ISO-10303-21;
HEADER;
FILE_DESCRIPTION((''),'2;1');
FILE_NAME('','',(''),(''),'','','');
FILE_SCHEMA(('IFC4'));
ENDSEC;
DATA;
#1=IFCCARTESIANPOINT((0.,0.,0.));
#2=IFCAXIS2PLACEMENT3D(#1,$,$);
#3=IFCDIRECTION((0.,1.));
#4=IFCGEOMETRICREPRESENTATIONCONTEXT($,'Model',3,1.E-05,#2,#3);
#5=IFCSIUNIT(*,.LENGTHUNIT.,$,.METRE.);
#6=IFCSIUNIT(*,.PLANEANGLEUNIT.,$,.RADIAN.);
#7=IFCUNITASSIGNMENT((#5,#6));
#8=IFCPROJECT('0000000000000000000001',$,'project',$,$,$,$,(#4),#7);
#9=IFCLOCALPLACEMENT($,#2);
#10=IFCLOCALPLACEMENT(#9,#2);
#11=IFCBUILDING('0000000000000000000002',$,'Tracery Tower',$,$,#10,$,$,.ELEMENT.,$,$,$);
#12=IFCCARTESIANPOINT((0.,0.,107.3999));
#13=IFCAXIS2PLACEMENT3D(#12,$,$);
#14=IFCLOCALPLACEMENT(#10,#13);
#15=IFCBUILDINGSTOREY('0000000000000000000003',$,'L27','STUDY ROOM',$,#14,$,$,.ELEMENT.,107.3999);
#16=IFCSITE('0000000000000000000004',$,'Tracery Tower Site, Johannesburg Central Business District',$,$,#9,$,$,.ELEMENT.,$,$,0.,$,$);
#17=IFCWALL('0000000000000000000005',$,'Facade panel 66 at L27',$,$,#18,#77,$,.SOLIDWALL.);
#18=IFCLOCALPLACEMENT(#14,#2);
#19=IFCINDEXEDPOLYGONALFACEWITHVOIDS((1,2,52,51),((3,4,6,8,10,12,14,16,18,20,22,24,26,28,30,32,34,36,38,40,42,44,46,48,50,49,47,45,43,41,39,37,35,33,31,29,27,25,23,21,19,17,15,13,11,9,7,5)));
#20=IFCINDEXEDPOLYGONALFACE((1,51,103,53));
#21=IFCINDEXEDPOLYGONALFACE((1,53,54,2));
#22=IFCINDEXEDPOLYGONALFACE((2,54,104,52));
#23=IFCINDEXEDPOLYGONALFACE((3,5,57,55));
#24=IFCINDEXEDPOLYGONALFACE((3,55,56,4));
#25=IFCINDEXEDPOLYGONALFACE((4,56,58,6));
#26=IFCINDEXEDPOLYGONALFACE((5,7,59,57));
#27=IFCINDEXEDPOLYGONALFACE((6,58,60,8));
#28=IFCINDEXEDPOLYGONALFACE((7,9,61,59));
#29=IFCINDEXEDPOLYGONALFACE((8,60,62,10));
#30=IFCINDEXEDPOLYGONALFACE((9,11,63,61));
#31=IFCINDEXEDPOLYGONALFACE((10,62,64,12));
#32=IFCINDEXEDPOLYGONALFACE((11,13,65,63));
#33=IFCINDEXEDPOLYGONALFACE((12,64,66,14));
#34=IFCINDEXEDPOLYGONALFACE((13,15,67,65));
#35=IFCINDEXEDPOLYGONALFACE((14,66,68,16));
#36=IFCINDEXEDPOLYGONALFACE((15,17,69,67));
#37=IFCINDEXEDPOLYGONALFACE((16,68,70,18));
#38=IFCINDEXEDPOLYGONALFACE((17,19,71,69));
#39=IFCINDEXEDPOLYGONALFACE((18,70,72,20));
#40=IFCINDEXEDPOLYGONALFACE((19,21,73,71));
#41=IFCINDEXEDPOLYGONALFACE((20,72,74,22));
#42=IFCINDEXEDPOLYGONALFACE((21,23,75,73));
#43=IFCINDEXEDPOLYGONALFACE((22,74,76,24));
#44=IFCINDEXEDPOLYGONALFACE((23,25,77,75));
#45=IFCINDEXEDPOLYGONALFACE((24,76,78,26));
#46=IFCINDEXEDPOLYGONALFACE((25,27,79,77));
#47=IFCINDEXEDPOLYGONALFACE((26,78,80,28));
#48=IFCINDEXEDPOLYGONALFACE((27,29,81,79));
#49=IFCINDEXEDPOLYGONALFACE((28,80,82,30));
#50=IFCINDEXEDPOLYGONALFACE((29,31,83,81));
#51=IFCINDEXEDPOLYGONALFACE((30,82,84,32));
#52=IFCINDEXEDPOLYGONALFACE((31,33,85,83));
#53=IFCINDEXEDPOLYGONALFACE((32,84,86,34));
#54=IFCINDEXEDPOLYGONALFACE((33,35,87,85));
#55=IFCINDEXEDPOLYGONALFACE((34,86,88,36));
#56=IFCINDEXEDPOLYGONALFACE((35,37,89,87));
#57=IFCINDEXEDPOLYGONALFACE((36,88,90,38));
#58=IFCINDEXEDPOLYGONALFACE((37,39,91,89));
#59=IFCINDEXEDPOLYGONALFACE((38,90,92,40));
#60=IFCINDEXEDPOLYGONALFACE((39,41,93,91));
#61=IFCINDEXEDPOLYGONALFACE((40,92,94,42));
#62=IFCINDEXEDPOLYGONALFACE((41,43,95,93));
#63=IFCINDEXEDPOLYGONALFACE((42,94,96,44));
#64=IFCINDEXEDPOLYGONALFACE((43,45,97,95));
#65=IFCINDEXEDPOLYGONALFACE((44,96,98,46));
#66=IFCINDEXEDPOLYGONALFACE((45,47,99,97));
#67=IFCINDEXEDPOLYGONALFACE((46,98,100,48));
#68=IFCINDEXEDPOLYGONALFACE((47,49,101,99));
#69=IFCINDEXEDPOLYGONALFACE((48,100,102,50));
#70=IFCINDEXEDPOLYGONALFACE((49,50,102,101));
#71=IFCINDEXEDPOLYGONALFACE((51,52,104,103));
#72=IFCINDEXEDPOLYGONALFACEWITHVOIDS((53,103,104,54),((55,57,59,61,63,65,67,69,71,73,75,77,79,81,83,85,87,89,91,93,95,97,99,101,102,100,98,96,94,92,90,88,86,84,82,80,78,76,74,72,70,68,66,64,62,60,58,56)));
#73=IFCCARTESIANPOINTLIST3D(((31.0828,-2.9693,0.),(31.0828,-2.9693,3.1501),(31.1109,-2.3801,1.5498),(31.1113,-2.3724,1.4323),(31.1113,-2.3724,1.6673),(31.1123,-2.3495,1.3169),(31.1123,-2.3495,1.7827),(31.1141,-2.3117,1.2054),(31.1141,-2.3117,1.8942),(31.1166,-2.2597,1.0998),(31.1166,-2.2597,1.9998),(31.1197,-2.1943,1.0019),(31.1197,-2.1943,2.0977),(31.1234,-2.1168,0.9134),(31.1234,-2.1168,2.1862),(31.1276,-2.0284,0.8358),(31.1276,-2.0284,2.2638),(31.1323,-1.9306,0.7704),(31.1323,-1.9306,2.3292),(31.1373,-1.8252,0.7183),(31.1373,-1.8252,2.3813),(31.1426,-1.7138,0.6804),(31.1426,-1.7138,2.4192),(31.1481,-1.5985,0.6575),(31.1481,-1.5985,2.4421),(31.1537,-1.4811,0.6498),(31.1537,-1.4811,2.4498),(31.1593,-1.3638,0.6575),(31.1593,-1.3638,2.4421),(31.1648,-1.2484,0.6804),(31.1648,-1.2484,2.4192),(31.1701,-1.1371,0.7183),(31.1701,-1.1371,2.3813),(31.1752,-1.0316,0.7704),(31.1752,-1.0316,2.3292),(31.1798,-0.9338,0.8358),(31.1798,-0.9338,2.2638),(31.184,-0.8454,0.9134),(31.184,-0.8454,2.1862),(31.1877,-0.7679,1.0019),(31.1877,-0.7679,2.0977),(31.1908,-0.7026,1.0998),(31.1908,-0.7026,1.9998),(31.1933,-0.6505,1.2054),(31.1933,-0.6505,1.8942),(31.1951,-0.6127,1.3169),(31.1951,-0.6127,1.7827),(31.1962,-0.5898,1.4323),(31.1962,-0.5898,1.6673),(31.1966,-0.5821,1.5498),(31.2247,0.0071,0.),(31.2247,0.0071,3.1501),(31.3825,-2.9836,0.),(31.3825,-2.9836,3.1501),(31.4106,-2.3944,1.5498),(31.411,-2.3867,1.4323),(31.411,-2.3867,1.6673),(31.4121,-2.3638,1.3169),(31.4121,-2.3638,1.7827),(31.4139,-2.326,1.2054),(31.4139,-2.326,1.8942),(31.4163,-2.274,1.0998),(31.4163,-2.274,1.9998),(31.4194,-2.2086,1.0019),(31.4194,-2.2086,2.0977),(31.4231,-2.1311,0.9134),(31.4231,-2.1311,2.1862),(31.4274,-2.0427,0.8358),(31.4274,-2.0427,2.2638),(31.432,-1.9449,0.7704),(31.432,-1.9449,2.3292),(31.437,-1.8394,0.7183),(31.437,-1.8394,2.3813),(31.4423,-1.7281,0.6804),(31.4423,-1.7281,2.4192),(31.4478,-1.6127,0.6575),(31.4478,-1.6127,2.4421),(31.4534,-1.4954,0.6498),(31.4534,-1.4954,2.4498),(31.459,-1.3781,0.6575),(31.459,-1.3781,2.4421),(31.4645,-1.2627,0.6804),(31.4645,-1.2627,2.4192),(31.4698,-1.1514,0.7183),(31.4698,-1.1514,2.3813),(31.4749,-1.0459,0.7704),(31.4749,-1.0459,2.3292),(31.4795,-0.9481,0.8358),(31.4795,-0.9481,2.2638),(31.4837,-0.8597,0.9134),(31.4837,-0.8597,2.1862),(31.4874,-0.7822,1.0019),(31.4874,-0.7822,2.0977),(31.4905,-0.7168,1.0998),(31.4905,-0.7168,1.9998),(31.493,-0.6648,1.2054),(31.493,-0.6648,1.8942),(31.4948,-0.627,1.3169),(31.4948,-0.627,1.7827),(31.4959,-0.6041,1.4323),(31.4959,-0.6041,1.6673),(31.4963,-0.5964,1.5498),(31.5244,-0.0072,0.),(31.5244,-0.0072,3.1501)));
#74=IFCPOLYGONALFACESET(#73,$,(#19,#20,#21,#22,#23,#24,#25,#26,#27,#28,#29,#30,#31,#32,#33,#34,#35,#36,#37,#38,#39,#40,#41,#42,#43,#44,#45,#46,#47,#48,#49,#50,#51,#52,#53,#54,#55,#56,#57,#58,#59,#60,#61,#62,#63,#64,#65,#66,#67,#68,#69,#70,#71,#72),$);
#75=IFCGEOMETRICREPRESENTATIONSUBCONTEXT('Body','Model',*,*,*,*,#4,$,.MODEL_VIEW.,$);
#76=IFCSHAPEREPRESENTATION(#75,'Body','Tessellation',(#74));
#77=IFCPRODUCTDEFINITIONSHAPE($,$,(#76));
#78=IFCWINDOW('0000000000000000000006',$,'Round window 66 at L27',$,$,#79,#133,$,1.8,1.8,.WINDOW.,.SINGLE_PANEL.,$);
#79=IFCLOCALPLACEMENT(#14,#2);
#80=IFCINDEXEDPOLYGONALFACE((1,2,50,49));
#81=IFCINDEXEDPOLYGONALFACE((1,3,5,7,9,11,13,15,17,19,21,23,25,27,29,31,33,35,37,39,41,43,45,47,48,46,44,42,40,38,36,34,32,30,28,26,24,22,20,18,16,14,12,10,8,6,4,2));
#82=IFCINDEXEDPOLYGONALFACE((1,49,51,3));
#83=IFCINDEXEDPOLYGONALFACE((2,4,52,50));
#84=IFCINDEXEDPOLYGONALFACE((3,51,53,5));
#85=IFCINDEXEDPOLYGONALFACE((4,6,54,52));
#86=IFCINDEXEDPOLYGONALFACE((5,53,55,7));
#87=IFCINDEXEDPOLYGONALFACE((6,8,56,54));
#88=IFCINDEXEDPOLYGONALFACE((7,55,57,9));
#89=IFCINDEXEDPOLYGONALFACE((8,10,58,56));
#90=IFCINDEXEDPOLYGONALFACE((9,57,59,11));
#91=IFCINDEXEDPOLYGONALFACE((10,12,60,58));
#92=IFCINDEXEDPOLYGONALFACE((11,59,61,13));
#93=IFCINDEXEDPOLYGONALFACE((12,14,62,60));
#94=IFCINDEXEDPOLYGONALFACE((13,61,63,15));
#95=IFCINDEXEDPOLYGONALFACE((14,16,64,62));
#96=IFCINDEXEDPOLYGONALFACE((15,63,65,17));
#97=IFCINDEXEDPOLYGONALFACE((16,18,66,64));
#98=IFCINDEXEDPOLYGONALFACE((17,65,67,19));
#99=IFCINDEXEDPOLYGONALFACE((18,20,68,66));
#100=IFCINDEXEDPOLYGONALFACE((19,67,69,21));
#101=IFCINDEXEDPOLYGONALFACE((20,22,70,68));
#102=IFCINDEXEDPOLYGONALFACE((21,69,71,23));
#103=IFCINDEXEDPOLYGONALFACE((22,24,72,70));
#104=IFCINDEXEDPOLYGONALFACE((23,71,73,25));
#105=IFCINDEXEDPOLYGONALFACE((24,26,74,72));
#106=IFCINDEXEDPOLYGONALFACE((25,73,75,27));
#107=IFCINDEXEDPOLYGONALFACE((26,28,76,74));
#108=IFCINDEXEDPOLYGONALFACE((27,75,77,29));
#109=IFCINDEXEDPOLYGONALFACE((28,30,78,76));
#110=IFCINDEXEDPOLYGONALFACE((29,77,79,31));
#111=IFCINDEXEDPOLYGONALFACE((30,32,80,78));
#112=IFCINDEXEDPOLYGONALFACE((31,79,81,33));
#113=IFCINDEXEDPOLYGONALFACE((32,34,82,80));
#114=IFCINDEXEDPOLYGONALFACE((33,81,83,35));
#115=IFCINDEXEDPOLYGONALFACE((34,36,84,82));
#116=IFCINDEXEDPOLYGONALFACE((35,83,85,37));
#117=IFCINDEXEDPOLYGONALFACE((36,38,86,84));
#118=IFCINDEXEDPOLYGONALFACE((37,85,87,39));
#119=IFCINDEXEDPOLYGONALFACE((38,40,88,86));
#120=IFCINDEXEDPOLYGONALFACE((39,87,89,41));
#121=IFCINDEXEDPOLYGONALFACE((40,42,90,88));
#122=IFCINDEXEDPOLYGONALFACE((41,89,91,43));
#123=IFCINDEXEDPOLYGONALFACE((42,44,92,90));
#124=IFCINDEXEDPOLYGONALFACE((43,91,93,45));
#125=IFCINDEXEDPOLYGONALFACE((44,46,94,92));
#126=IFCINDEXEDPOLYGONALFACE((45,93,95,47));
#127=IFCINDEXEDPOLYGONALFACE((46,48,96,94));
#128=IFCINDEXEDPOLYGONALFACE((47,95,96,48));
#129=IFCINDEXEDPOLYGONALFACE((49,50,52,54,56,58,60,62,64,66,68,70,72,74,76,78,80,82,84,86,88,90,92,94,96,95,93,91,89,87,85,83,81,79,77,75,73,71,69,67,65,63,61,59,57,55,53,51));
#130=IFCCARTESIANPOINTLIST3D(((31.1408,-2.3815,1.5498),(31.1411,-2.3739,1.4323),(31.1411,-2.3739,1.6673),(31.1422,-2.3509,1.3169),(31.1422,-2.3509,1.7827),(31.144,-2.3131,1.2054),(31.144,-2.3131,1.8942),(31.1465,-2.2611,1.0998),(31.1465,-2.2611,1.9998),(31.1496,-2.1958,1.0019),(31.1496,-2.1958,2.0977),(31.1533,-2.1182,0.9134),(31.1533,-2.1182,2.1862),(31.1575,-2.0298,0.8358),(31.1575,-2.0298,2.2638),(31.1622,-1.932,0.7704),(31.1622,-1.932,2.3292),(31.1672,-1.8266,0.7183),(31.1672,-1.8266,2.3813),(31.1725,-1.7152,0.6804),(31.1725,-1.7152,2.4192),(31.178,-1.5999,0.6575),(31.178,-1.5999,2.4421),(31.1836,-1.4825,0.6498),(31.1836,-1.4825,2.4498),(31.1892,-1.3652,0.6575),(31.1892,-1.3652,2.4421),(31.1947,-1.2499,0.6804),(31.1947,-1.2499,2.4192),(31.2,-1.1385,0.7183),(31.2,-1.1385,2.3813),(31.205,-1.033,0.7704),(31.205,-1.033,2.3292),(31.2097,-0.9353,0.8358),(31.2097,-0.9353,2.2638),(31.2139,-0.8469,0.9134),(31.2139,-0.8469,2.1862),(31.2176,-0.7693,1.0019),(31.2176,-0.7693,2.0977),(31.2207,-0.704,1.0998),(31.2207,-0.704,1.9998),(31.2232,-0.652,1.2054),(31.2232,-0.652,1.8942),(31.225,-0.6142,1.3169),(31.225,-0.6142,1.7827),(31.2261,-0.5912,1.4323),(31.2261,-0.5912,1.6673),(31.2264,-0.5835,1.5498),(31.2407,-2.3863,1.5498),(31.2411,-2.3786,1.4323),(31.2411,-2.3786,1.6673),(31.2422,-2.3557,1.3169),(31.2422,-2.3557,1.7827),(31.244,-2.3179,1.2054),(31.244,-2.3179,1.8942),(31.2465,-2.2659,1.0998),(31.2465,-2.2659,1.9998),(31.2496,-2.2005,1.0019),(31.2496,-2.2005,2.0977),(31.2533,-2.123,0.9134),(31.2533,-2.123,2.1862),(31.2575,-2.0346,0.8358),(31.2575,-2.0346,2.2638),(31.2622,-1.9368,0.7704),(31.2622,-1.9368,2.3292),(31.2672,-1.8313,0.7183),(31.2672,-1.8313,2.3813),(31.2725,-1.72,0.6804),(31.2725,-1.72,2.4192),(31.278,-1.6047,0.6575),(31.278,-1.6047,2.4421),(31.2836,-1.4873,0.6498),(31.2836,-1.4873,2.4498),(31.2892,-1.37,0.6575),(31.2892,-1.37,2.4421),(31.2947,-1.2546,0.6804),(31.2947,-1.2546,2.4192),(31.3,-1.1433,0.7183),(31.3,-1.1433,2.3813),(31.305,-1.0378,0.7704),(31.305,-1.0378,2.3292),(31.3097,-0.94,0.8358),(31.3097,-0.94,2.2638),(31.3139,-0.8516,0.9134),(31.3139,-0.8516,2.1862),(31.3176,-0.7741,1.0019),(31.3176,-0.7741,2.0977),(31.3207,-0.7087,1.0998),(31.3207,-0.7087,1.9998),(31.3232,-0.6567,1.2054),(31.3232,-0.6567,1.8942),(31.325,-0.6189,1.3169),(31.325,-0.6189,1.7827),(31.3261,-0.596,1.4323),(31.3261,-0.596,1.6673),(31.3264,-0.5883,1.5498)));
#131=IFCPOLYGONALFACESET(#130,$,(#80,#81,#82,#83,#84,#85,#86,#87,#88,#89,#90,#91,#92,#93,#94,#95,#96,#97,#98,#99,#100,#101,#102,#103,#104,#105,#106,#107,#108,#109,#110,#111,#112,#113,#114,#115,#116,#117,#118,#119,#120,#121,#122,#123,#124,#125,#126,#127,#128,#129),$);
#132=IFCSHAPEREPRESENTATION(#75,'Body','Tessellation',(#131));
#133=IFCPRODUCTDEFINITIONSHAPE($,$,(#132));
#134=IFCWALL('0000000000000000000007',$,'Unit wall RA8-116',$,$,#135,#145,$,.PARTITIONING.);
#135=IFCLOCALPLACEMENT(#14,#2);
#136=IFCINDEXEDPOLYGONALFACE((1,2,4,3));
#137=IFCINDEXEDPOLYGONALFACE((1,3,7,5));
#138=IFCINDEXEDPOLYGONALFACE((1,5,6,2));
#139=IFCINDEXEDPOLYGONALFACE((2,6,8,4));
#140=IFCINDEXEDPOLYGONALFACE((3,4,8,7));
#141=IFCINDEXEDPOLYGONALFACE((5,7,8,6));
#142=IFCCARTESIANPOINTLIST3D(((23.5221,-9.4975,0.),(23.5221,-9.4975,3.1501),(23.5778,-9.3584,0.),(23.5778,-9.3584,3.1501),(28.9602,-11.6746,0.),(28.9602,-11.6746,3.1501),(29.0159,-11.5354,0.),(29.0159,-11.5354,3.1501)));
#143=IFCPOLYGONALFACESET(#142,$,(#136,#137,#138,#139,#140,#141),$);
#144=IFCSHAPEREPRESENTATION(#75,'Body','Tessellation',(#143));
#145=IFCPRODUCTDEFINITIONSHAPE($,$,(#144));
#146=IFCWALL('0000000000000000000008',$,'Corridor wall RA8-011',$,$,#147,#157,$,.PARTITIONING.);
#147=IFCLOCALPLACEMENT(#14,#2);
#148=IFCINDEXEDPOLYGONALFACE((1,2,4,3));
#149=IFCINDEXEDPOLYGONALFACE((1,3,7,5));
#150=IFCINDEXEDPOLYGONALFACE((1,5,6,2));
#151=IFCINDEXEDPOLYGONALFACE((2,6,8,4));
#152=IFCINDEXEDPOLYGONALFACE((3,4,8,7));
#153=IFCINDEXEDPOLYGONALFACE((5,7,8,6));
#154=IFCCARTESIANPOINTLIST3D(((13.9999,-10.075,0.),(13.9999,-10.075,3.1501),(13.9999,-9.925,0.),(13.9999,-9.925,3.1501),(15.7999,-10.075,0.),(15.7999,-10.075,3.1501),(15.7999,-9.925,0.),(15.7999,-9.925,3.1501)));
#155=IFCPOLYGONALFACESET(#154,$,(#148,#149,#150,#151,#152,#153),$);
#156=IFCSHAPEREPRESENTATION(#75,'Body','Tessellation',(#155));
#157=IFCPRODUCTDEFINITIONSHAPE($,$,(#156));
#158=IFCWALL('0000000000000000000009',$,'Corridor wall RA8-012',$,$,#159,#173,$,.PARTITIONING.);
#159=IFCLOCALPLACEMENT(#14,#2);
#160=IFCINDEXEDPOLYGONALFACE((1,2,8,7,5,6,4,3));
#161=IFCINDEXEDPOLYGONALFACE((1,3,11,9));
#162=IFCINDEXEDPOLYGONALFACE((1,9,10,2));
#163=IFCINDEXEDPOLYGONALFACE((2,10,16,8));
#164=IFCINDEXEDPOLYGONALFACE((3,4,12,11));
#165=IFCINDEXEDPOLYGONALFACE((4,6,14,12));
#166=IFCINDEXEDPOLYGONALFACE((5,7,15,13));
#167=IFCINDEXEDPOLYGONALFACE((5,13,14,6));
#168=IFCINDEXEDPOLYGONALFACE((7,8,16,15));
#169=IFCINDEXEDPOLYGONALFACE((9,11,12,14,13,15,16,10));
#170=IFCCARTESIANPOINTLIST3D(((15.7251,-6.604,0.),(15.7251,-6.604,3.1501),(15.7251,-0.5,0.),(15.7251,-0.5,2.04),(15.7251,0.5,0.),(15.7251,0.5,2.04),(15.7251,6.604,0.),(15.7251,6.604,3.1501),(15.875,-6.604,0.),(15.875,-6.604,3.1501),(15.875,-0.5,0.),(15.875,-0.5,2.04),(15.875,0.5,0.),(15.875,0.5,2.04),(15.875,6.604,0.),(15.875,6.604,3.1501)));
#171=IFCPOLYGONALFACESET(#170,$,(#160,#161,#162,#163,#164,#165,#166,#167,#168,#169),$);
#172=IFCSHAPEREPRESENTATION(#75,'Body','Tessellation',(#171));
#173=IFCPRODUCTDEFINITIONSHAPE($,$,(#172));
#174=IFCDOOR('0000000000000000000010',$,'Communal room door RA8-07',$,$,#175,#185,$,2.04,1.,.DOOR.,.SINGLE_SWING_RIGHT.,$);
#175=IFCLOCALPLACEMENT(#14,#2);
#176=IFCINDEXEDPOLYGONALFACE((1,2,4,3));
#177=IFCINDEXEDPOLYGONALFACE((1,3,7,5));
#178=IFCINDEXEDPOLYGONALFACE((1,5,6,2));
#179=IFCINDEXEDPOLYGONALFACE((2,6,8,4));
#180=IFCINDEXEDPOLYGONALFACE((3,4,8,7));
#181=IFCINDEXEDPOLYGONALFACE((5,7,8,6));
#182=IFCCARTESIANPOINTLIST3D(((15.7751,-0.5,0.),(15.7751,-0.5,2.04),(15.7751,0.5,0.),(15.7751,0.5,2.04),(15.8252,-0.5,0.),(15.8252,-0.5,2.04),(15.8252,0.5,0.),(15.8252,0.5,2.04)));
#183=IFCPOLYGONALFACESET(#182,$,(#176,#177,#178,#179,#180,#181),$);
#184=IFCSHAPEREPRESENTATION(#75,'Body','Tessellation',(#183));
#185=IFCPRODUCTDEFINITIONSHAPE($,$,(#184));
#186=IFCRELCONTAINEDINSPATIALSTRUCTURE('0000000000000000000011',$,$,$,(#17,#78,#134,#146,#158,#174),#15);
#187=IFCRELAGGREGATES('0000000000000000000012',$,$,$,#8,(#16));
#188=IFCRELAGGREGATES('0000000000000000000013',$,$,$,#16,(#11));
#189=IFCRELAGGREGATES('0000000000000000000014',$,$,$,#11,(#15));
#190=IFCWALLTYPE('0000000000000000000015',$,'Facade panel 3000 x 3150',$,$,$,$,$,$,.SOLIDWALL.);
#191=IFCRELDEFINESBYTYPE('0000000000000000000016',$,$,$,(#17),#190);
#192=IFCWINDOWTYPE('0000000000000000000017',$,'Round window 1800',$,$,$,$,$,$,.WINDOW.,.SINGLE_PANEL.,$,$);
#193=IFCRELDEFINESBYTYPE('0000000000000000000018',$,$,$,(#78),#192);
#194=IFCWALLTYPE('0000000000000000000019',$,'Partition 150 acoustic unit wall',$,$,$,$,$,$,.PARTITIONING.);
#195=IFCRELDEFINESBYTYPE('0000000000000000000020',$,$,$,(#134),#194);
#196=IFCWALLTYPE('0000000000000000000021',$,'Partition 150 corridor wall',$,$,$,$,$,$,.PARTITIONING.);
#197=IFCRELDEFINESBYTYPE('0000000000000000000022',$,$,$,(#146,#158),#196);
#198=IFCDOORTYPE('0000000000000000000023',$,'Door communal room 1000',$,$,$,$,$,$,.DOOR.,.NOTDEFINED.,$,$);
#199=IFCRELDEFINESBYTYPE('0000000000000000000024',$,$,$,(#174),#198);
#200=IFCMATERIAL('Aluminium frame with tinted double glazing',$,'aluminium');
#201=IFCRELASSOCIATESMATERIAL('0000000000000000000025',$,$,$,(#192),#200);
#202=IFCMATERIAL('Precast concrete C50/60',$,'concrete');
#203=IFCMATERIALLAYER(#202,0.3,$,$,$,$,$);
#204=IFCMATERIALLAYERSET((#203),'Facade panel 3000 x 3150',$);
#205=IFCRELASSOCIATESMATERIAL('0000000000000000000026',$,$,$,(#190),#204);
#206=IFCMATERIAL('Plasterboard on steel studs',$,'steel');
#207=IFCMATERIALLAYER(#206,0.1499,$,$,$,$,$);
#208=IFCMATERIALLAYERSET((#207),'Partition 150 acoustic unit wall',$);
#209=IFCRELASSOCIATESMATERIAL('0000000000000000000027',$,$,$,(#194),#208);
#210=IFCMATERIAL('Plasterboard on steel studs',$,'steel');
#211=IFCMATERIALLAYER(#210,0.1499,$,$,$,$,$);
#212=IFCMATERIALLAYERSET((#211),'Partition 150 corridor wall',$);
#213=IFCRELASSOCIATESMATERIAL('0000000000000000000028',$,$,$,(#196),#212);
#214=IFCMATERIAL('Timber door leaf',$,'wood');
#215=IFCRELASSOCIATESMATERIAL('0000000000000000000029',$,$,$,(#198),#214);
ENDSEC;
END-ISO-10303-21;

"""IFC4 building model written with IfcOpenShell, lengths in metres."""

from ifc_helpers import new_model, si_unit, direction, frame, frame_2d, origin, origin_2d, place, context, subcontext, project, spatial, rectangle, circle, extrude, material, layer, layer_set, type_object, element, fill, save


model = new_model("IFC4")

# Units and contexts
model_context = context("Model", 3, precision=1e-05, world=origin(), true_north=direction((0.0, 1.0)))
body_context = subcontext(model_context, "Body", "Model", "MODEL_VIEW")
ifc_project = project(units=[si_unit("LENGTHUNIT", "METRE"), si_unit("PLANEANGLEUNIT", "RADIAN")], contexts=[model_context])

# Site, building, storey
site_placement = place(None, origin())
site = spatial("IfcSite", under=ifc_project, at=site_placement, Name="Tracery Tower Site, Johannesburg Central Business District", CompositionType="ELEMENT", RefElevation=0.0)
building_placement = place(site_placement, origin())
building = spatial("IfcBuilding", under=site, at=building_placement, Name="Tracery Tower", CompositionType="ELEMENT")
storey_placement = place(building_placement, frame((0.0, 0.0, 107.3999)))
storey = spatial("IfcBuildingStorey", under=building, at=storey_placement, Name="L27", Description="STUDY ROOM", CompositionType="ELEMENT", Elevation=107.3999)

# Wall, opening, window
ifc_material_1 = material(Name="Aluminium frame with tinted double glazing", Category="aluminium")
window_type = type_object("IfcWindowType", Name="Round window 1800", PartitioningType="SINGLE_PANEL", PredefinedType="WINDOW", material=ifc_material_1)
ifc_material_2 = material(Name="Precast concrete C50/60", Category="concrete")
ifc_layer_1 = layer(ifc_material_2, 0.3)
ifc_layer_set_1 = layer_set([ifc_layer_1], Name="Facade panel 3000 x 3150")
wall_type_1 = type_object("IfcWallType", Name="Facade panel 3000 x 3150", PredefinedType="SOLIDWALL", material=ifc_layer_set_1)
wall_1_placement = place(storey_placement, frame((31.2327, -2.9763, 0.0), z_axis=(0.0, 0.0, 1.0), x_axis=(0.047604, 0.998866, 0.0)))
wall_1 = element("IfcWall", 1, at=wall_1_placement, inside=storey, type_object=wall_type_1, Name="Facade panel 66 at L27", PredefinedType="SOLIDWALL", context=body_context, shape_type="SweptSolid", body=[
    extrude(rectangle(XDim=2.9797, YDim=0.3, at=frame_2d((1.4897, 0.0))), origin(), (0.0, 0.0, 1.0), 3.1501),
])
opening_1_placement = place(wall_1_placement, frame((1.4897, 0.0, 1.5498)))
opening_1 = element("IfcOpeningElement", 2, at=opening_1_placement, cuts=wall_1, PredefinedType="OPENING", context=body_context, shape_type="SweptSolid", body=[
    extrude(circle(Radius=0.9, at=origin_2d()), frame((0.0, 0.1599, 0.0), z_axis=(0.0, -1.0, 0.0), x_axis=(1.0, 0.0, 0.0)), (0.0, 0.0, 1.0), 0.3201),
])
window_1_placement = place(opening_1_placement, origin())
window_1 = element("IfcWindow", 3, at=window_1_placement, inside=storey, type_object=window_type, Name="Round window 66 at L27", OverallHeight=1.8, OverallWidth=1.8, PartitioningType="SINGLE_PANEL", PredefinedType="WINDOW", context=body_context, shape_type="SweptSolid", body=[
    extrude(circle(Radius=0.9, at=origin_2d()), frame((0.0, 0.1201, 0.0), z_axis=(0.0, -1.0, 0.0), x_axis=(1.0, 0.0, 0.0)), (0.0, 0.0, 1.0), 0.1001),
])
fill(opening_1, window_1)

# Walls
ifc_material_3 = material(Name="Plasterboard on steel studs", Category="steel")
ifc_layer_2 = layer(ifc_material_3, 0.1499)
ifc_layer_set_2 = layer_set([ifc_layer_2], Name="Partition 150 acoustic unit wall")
wall_type_2 = type_object("IfcWallType", Name="Partition 150 acoustic unit wall", PredefinedType="PARTITIONING", material=ifc_layer_set_2)
wall_2_placement = place(storey_placement, frame((23.55, -9.428, 0.0), z_axis=(0.0, 0.0, 1.0), x_axis=(0.92837, -0.371657, 0.0)))
element("IfcWall", 4, at=wall_2_placement, inside=storey, type_object=wall_type_2, Name="Unit wall RA8-116", PredefinedType="PARTITIONING", context=body_context, shape_type="SweptSolid", body=[
    extrude(rectangle(XDim=5.8577, YDim=0.1499, at=frame_2d((2.9287, 0.0))), origin(), (0.0, 0.0, 1.0), 3.1501),
])
ifc_material_4 = material(Name="Plasterboard on steel studs", Category="steel")
ifc_layer_3 = layer(ifc_material_4, 0.1499)
ifc_layer_set_3 = layer_set([ifc_layer_3], Name="Partition 150 corridor wall")
wall_type_3 = type_object("IfcWallType", Name="Partition 150 corridor wall", PredefinedType="PARTITIONING", material=ifc_layer_set_3)
wall_3_placement = place(storey_placement, frame((14.0, -10.0, 0.0), z_axis=(0.0, 0.0, 1.0), x_axis=(1.0, 0.0, 0.0)))
element("IfcWall", 5, at=wall_3_placement, inside=storey, type_object=wall_type_3, Name="Corridor wall RA8-011", PredefinedType="PARTITIONING", context=body_context, shape_type="SweptSolid", body=[
    extrude(rectangle(XDim=1.8, YDim=0.1499, at=frame_2d((0.8999, 0.0))), origin(), (0.0, 0.0, 1.0), 3.1501),
])

# Wall, opening, door
wall_4_placement = place(storey_placement, frame((15.8, -6.604, 0.0), z_axis=(0.0, 0.0, 1.0), x_axis=(0.0, 1.0, 0.0)))
wall_4 = element("IfcWall", 6, at=wall_4_placement, inside=storey, type_object=wall_type_3, Name="Corridor wall RA8-012", PredefinedType="PARTITIONING", context=body_context, shape_type="SweptSolid", body=[
    extrude(rectangle(XDim=13.208, YDim=0.1499, at=frame_2d((6.604, 0.0))), origin(), (0.0, 0.0, 1.0), 3.1501),
])
opening_2_placement = place(wall_4_placement, frame((6.104, 0.0, 0.0)))
opening_2 = element("IfcOpeningElement", 7, at=opening_2_placement, cuts=wall_4, PredefinedType="OPENING", context=body_context, shape_type="SweptSolid", body=[
    extrude(rectangle(XDim=1.0, YDim=2.04, at=frame_2d((0.5, 1.02))), frame((0.0, 0.075, 0.0), z_axis=(0.0, -1.0, 0.0), x_axis=(1.0, 0.0, 0.0)), (0.0, 0.0, 1.0), 0.1499),
])
ifc_material_5 = material(Name="Timber door leaf", Category="wood")
door_type_1 = type_object("IfcDoorType", Name="Door communal room 1000", OperationType="NOTDEFINED", PredefinedType="DOOR", material=ifc_material_5)
door_1_placement = place(opening_2_placement, origin())
door_1 = element("IfcDoor", 8, at=door_1_placement, inside=storey, type_object=door_type_1, Name="Communal room door RA8-07", OperationType="SINGLE_SWING_RIGHT", OverallHeight=2.04, OverallWidth=1.0, PredefinedType="DOOR", context=body_context, shape_type="SweptSolid", body=[
    extrude(rectangle(XDim=1.0, YDim=2.04, at=frame_2d((0.5, 1.02))), frame((0.0, 0.0249, 0.0), z_axis=(0.0, -1.0, 0.0), x_axis=(1.0, 0.0, 0.0)), (0.0, 0.0, 1.0), 0.05),
])
fill(opening_2, door_1)

save(model, "model.ifc")
